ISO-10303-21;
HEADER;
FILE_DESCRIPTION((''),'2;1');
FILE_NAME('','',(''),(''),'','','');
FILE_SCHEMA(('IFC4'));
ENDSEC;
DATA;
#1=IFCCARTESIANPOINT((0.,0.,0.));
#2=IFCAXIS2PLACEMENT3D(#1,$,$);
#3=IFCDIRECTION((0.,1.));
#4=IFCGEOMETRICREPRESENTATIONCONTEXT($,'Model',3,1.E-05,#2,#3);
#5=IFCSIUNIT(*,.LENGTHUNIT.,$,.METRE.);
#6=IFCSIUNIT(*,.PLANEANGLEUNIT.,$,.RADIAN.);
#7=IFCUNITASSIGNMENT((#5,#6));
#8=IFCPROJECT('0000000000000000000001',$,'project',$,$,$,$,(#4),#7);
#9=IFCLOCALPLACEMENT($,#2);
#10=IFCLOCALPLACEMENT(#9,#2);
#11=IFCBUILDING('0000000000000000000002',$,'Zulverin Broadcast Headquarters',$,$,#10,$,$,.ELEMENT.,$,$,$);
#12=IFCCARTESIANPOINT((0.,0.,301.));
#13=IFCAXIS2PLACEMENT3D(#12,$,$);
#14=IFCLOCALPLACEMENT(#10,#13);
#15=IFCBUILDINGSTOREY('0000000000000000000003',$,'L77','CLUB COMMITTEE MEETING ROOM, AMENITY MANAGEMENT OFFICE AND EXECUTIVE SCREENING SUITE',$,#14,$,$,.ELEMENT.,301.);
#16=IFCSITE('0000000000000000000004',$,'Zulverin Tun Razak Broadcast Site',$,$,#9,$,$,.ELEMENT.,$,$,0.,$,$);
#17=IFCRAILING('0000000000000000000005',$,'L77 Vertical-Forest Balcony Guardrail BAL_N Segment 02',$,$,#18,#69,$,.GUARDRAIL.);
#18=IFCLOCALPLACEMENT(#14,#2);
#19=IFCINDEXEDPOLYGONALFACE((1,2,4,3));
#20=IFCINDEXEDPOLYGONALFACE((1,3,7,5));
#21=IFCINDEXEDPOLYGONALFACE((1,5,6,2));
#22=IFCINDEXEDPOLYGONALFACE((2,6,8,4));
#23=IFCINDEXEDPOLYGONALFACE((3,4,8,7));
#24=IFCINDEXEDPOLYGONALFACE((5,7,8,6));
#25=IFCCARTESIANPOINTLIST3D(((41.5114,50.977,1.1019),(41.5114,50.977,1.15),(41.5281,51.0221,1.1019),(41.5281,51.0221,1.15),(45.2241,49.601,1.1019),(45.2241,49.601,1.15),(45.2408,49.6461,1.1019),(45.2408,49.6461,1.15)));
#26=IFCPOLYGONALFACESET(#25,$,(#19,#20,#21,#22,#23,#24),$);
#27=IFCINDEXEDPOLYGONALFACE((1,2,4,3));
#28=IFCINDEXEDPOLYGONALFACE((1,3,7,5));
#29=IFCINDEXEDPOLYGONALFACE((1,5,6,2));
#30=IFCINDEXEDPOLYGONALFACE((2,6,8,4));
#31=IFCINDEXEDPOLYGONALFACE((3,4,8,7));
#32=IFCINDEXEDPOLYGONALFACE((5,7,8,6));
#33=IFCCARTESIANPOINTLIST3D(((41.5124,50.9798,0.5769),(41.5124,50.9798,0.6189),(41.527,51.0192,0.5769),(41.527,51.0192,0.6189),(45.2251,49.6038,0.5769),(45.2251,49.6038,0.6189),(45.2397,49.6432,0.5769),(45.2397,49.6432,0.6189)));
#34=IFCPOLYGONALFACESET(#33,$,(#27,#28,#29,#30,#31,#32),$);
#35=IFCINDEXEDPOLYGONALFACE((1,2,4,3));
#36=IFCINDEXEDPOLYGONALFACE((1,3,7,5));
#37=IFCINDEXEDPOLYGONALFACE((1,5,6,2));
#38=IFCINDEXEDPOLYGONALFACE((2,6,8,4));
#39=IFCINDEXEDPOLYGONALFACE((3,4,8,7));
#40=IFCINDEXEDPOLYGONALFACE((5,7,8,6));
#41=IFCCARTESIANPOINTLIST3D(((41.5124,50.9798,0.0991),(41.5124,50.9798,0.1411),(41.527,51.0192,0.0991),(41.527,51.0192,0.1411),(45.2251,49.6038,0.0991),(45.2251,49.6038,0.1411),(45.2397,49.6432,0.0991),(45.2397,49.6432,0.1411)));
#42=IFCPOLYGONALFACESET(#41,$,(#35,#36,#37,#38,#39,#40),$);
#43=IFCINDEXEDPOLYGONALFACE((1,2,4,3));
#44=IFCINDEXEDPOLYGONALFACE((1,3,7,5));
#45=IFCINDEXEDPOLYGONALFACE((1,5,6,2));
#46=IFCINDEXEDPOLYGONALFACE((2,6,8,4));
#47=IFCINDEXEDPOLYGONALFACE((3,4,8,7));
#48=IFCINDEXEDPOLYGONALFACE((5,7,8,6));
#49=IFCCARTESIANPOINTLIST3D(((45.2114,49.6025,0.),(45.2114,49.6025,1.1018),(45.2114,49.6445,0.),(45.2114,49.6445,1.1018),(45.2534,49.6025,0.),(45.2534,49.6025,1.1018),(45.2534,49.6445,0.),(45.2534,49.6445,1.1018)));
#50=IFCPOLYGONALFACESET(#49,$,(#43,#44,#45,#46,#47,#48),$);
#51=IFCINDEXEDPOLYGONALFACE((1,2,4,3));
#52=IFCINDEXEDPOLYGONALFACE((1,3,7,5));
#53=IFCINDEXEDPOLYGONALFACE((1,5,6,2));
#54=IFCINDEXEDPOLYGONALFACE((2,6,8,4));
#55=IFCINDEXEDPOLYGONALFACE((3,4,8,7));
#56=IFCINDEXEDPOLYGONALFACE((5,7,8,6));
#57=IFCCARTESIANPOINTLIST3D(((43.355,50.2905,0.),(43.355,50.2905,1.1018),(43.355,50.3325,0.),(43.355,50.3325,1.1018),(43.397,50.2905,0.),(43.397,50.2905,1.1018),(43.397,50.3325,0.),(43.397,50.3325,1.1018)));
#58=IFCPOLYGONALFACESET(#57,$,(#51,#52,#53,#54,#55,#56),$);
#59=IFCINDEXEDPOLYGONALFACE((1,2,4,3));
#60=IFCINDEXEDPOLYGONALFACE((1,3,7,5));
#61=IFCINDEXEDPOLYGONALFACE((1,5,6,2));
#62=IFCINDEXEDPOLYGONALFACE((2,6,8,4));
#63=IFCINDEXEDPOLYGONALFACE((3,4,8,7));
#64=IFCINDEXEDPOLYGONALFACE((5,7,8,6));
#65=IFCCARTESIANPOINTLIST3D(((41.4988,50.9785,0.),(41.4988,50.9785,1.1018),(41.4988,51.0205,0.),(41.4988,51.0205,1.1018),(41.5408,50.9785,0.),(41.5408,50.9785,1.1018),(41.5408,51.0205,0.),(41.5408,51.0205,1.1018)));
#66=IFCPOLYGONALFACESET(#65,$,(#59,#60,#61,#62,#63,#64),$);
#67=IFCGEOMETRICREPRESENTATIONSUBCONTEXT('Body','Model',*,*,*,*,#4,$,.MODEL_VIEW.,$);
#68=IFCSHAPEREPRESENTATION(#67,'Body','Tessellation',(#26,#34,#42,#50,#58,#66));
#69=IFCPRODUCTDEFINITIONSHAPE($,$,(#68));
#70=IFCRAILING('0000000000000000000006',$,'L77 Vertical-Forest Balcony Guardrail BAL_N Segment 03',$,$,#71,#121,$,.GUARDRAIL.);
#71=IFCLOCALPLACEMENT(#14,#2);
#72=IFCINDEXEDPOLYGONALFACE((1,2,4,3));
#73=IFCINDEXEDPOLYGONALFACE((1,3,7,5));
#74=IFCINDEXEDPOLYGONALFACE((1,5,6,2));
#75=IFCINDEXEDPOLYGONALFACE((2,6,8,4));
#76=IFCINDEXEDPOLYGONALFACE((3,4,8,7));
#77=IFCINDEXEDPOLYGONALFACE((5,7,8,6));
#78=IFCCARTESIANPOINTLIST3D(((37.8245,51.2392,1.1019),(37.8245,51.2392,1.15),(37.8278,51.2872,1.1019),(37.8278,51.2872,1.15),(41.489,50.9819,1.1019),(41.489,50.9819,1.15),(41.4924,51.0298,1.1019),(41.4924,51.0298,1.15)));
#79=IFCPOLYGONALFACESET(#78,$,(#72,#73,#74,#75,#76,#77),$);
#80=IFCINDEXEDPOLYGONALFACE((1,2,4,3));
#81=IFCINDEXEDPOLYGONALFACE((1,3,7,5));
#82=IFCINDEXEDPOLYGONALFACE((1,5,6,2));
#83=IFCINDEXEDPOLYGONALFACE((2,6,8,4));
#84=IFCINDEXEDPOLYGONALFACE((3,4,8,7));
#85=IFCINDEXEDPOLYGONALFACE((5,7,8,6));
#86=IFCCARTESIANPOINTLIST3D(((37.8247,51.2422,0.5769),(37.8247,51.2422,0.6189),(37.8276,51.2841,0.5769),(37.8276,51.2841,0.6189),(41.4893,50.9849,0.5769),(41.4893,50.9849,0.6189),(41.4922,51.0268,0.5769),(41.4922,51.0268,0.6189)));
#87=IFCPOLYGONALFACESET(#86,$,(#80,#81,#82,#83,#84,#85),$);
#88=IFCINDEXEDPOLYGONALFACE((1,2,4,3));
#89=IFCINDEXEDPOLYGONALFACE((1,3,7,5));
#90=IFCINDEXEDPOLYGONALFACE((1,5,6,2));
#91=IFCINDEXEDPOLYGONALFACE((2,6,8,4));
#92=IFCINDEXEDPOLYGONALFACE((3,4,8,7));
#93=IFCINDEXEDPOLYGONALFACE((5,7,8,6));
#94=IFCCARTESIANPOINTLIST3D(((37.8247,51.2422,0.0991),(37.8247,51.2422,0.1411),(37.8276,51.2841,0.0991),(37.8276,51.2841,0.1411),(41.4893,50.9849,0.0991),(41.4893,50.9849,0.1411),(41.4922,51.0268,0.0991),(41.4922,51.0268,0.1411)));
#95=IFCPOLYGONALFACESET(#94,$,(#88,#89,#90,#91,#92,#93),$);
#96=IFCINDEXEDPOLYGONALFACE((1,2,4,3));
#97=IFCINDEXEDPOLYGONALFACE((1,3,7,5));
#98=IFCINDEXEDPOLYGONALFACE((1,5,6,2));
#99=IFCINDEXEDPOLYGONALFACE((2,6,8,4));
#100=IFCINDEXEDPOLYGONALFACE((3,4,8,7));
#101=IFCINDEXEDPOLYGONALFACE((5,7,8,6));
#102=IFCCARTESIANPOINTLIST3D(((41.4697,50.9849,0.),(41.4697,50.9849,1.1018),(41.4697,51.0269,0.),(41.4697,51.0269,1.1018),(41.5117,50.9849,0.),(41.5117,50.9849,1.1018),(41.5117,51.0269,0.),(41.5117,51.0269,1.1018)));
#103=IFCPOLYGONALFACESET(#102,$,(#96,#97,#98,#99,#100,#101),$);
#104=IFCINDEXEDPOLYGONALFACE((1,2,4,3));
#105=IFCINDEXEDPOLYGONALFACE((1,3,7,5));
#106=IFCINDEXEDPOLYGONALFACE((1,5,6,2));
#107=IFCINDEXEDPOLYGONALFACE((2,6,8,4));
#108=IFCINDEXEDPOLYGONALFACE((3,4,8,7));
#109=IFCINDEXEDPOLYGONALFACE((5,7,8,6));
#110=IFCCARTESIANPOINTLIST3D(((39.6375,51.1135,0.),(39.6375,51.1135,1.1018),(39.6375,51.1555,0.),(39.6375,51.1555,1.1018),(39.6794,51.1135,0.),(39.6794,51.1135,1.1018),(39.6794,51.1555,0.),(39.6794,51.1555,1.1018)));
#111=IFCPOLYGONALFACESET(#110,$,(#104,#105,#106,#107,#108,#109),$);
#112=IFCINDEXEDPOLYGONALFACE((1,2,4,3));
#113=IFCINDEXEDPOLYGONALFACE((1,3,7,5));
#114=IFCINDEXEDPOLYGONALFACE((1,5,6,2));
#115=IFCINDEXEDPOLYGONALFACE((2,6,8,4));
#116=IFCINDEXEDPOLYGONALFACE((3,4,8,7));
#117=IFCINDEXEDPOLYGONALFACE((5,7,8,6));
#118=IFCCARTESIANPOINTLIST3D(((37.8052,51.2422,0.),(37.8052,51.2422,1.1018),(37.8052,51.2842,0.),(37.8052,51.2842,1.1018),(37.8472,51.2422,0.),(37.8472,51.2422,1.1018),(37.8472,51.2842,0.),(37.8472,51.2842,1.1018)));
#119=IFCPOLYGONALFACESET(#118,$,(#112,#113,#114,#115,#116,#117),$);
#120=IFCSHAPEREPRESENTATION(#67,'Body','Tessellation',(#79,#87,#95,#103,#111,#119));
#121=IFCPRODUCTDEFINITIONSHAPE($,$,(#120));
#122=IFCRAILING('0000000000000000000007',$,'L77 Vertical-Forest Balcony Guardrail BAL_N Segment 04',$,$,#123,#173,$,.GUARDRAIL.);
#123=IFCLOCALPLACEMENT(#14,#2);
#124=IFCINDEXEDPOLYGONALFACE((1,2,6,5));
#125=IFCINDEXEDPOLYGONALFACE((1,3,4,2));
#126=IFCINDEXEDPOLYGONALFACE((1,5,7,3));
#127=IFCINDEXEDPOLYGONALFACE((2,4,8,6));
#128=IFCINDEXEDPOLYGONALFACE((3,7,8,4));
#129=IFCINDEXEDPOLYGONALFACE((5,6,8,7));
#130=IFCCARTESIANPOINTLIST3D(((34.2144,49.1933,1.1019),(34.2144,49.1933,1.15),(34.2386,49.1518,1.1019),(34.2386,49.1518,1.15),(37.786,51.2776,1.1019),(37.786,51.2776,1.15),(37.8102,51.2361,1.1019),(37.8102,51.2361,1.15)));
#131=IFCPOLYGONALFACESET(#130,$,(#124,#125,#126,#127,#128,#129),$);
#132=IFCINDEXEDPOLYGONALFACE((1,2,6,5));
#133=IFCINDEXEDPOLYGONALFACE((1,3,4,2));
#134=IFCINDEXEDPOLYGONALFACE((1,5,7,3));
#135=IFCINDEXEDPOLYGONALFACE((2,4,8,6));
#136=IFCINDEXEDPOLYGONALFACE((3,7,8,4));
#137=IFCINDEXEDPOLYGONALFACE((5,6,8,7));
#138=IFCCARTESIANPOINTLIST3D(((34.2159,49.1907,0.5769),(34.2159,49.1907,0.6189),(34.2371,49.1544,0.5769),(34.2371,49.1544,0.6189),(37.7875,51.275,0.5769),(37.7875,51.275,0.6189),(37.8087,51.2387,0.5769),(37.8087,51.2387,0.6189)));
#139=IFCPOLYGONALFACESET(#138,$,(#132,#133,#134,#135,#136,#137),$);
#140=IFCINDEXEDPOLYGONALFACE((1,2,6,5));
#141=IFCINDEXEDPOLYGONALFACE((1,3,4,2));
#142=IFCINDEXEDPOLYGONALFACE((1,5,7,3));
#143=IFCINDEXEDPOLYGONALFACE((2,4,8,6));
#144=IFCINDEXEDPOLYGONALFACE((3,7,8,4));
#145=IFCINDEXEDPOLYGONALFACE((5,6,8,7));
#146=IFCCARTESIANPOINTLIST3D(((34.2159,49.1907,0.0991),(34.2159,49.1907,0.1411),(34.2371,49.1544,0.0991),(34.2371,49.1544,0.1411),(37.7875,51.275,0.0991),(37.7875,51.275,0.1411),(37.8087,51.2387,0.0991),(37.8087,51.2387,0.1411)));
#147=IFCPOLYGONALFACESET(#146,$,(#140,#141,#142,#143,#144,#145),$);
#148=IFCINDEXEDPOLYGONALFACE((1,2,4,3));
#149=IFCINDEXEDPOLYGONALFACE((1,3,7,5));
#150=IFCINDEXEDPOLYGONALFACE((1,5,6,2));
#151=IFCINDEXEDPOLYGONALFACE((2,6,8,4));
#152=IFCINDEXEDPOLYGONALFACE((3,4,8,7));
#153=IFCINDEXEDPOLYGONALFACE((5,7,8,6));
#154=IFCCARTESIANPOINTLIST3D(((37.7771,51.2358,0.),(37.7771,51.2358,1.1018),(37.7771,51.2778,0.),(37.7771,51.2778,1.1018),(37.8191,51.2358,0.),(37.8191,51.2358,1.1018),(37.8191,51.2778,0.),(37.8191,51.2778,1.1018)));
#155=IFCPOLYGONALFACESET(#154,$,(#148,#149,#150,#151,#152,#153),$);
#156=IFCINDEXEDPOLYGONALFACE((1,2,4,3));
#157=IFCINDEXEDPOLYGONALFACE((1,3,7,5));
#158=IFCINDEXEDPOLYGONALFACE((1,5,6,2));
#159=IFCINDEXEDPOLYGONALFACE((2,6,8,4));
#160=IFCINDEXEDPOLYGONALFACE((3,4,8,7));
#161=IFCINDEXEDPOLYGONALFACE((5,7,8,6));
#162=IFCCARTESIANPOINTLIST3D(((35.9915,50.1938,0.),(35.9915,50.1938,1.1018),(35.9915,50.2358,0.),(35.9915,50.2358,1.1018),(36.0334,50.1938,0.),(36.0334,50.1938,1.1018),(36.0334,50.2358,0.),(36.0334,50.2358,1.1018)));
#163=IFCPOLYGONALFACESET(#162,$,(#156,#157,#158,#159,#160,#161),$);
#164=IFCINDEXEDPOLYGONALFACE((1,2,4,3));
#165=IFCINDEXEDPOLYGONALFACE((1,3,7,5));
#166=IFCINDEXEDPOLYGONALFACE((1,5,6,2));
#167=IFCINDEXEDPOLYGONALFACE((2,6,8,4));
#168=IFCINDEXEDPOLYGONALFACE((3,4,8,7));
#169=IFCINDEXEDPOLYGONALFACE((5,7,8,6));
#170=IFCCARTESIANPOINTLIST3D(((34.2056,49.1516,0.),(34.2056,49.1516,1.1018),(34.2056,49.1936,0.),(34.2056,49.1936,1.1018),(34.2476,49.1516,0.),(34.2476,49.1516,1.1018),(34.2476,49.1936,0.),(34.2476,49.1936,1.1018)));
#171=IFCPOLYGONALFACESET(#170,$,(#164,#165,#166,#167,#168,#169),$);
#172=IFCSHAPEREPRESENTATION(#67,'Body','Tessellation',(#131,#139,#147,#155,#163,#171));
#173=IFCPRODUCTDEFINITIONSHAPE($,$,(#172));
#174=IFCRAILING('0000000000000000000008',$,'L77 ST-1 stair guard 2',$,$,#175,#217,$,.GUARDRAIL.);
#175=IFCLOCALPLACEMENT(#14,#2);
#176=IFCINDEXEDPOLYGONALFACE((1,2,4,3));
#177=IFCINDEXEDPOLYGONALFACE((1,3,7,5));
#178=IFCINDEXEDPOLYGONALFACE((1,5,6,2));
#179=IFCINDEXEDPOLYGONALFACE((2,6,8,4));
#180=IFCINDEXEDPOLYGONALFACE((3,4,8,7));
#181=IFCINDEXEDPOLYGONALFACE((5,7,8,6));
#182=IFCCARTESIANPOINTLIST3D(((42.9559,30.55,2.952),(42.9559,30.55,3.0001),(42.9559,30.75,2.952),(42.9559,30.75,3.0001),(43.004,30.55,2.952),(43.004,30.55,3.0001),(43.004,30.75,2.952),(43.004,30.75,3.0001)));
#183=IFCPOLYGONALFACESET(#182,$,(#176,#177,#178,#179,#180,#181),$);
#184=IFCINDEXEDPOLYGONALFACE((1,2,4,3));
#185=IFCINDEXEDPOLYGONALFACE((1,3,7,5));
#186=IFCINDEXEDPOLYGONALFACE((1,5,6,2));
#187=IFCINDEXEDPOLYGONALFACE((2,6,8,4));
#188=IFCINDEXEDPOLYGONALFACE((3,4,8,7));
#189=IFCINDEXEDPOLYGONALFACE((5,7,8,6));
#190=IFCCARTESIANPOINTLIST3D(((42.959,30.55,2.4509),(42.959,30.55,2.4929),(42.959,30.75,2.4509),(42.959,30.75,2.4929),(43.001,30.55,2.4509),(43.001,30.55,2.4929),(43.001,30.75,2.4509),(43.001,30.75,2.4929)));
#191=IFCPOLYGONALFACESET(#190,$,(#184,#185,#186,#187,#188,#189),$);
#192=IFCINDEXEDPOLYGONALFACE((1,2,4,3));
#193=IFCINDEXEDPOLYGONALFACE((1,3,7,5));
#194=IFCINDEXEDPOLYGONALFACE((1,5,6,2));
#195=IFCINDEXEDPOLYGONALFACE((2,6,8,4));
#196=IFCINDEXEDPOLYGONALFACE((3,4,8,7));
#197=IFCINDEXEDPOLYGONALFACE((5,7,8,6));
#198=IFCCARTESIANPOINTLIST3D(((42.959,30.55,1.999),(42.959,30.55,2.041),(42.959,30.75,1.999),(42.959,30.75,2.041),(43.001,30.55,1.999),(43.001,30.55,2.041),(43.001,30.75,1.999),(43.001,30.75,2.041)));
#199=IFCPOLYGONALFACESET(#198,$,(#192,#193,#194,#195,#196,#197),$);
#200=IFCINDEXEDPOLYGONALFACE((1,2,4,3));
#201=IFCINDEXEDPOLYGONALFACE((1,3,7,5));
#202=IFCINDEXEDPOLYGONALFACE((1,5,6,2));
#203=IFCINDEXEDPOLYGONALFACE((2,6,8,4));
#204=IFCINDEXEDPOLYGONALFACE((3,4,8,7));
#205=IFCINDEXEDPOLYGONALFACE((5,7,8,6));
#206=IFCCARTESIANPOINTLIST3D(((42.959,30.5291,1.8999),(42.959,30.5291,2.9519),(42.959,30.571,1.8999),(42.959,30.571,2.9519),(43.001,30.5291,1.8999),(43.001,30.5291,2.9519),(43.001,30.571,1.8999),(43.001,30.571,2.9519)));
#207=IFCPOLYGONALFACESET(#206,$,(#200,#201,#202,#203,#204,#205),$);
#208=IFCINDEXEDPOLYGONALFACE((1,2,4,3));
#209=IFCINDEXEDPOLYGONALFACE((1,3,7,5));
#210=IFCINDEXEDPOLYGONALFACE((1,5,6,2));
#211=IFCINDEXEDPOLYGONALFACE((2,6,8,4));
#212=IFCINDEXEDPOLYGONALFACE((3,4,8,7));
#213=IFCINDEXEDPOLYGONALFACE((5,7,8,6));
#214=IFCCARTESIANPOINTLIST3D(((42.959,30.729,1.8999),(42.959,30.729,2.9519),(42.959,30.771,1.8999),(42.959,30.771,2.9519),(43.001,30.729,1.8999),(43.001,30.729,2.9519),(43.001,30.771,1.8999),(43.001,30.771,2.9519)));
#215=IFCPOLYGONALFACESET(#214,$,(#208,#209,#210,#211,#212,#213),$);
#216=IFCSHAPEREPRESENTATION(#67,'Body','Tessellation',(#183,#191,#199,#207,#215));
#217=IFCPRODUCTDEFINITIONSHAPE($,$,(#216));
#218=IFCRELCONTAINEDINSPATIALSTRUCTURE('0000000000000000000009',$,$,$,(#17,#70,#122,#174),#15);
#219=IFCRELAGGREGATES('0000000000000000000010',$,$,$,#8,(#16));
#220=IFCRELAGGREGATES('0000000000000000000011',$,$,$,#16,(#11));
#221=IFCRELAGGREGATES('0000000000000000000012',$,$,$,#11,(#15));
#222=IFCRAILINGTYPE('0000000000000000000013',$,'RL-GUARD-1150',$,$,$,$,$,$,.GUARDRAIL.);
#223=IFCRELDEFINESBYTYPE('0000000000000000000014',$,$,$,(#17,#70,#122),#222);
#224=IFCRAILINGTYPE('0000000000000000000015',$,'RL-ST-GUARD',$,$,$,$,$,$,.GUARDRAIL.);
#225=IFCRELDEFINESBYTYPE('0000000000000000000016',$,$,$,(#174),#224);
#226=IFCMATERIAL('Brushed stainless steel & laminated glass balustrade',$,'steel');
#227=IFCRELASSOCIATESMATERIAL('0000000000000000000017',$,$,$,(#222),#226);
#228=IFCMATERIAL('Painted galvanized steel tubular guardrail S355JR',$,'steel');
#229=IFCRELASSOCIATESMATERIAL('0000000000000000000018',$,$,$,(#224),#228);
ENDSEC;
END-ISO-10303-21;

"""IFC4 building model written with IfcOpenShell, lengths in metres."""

from ifc_helpers import new_model, si_unit, direction, frame, origin, origin_2d, place, context, subcontext, project, spatial, rectangle, extrude, material, type_object, element, save


model = new_model("IFC4")

# Units and contexts
model_context = context("Model", 3, precision=1e-05, world=origin(), true_north=direction((0.0, 1.0)))
body_context = subcontext(model_context, "Body", "Model", "MODEL_VIEW")
ifc_project = project(units=[si_unit("LENGTHUNIT", "METRE"), si_unit("PLANEANGLEUNIT", "RADIAN")], contexts=[model_context])

# Site, building, storey
site_placement = place(None, origin())
site = spatial("IfcSite", under=ifc_project, at=site_placement, Name="Zulverin Tun Razak Broadcast Site", CompositionType="ELEMENT", RefElevation=0.0)
building_placement = place(site_placement, origin())
building = spatial("IfcBuilding", under=site, at=building_placement, Name="Zulverin Broadcast Headquarters", CompositionType="ELEMENT")
storey_placement = place(building_placement, frame((0.0, 0.0, 301.0)))
storey = spatial("IfcBuildingStorey", under=building, at=storey_placement, Name="L77", Description="CLUB COMMITTEE MEETING ROOM, AMENITY MANAGEMENT OFFICE AND EXECUTIVE SCREENING SUITE", CompositionType="ELEMENT", Elevation=301.0)

# Railings
ifc_material_1 = material(Name="Brushed stainless steel & laminated glass balustrade", Category="steel")
railing_type_1 = type_object("IfcRailingType", Name="RL-GUARD-1150", PredefinedType="GUARDRAIL", material=ifc_material_1)
railing_1_placement = place(storey_placement, frame((45.2324, 49.6235, 0.0)))
element("IfcRailing", 1, at=railing_1_placement, inside=storey, type_object=railing_type_1, Name="L77 Vertical-Forest Balcony Guardrail BAL_N Segment 02", PredefinedType="GUARDRAIL", context=body_context, shape_type="SweptSolid", body=[
    extrude(rectangle(XDim=0.0481, YDim=0.0481, at=origin_2d()), frame((0.0, 0.0, 1.126), z_axis=(-0.937673, 0.347519, 0.0), x_axis=(-0.347519, -0.937673, 0.0)), (0.0, 0.0, 1.0), 3.9595),
    extrude(rectangle(XDim=0.042, YDim=0.042, at=origin_2d()), frame((0.0, 0.0, 0.5979), z_axis=(-0.937673, 0.347519, 0.0), x_axis=(-0.347519, -0.937673, 0.0)), (0.0, 0.0, 1.0), 3.9595),
    extrude(rectangle(XDim=0.042, YDim=0.042, at=origin_2d()), frame((0.0, 0.0, 0.1201), z_axis=(-0.937673, 0.347519, 0.0), x_axis=(-0.347519, -0.937673, 0.0)), (0.0, 0.0, 1.0), 3.9595),
    extrude(rectangle(XDim=0.042, YDim=0.042, at=origin_2d()), origin(), (0.0, 0.0, 1.0), 1.1018),
    extrude(rectangle(XDim=0.042, YDim=0.042, at=origin_2d()), frame((-1.8564, 0.688, 0.0)), (0.0, 0.0, 1.0), 1.1018),
    extrude(rectangle(XDim=0.042, YDim=0.042, at=origin_2d()), frame((-3.7126, 1.376, 0.0)), (0.0, 0.0, 1.0), 1.1018),
])
railing_2_placement = place(storey_placement, frame((41.4907, 51.0059, 0.0)))
element("IfcRailing", 2, at=railing_2_placement, inside=storey, type_object=railing_type_1, Name="L77 Vertical-Forest Balcony Guardrail BAL_N Segment 03", PredefinedType="GUARDRAIL", context=body_context, shape_type="SweptSolid", body=[
    extrude(rectangle(XDim=0.0481, YDim=0.0481, at=origin_2d()), frame((0.0, 0.0, 1.126), z_axis=(-0.997544, 0.070047, 0.0), x_axis=(-0.070047, -0.997544, 0.0)), (0.0, 0.0, 1.0), 3.6736),
    extrude(rectangle(XDim=0.042, YDim=0.042, at=origin_2d()), frame((0.0, 0.0, 0.5979), z_axis=(-0.997544, 0.070047, 0.0), x_axis=(-0.070047, -0.997544, 0.0)), (0.0, 0.0, 1.0), 3.6736),
    extrude(rectangle(XDim=0.042, YDim=0.042, at=origin_2d()), frame((0.0, 0.0, 0.1201), z_axis=(-0.997544, 0.070047, 0.0), x_axis=(-0.070047, -0.997544, 0.0)), (0.0, 0.0, 1.0), 3.6736),
    extrude(rectangle(XDim=0.042, YDim=0.042, at=origin_2d()), origin(), (0.0, 0.0, 1.0), 1.1018),
    extrude(rectangle(XDim=0.042, YDim=0.042, at=origin_2d()), frame((-1.8323, 0.1287, 0.0)), (0.0, 0.0, 1.0), 1.1018),
    extrude(rectangle(XDim=0.042, YDim=0.042, at=origin_2d()), frame((-3.6646, 0.2573, 0.0)), (0.0, 0.0, 1.0), 1.1018),
])
railing_3_placement = place(storey_placement, frame((37.7981, 51.2568, 0.0)))
element("IfcRailing", 3, at=railing_3_placement, inside=storey, type_object=railing_type_1, Name="L77 Vertical-Forest Balcony Guardrail BAL_N Segment 04", PredefinedType="GUARDRAIL", context=body_context, shape_type="SweptSolid", body=[
    extrude(rectangle(XDim=0.0481, YDim=0.0481, at=origin_2d()), frame((0.0, 0.0, 1.126), z_axis=(-0.863691, -0.504022, 0.0), x_axis=(0.504022, -0.863691, 0.0)), (0.0, 0.0, 1.0), 4.1353),
    extrude(rectangle(XDim=0.042, YDim=0.042, at=origin_2d()), frame((0.0, 0.0, 0.5979), z_axis=(-0.863691, -0.504022, 0.0), x_axis=(0.504022, -0.863691, 0.0)), (0.0, 0.0, 1.0), 4.1353),
    extrude(rectangle(XDim=0.042, YDim=0.042, at=origin_2d()), frame((0.0, 0.0, 0.1201), z_axis=(-0.863691, -0.504022, 0.0), x_axis=(0.504022, -0.863691, 0.0)), (0.0, 0.0, 1.0), 4.1353),
    extrude(rectangle(XDim=0.042, YDim=0.042, at=origin_2d()), origin(), (0.0, 0.0, 1.0), 1.1018),
    extrude(rectangle(XDim=0.042, YDim=0.042, at=origin_2d()), frame((-1.7856, -1.042, 0.0)), (0.0, 0.0, 1.0), 1.1018),
    extrude(rectangle(XDim=0.042, YDim=0.042, at=origin_2d()), frame((-3.5715, -2.0842, 0.0)), (0.0, 0.0, 1.0), 1.1018),
])
ifc_material_2 = material(Name="Painted galvanized steel tubular guardrail S355JR", Category="steel")
railing_type_2 = type_object("IfcRailingType", Name="RL-ST-GUARD", PredefinedType="GUARDRAIL", material=ifc_material_2)
railing_4_placement = place(storey_placement, frame((42.98, 30.55, 1.8999)))
element("IfcRailing", 4, at=railing_4_placement, inside=storey, type_object=railing_type_2, Name="L77 ST-1 stair guard 2", PredefinedType="GUARDRAIL", context=body_context, shape_type="SweptSolid", body=[
    extrude(rectangle(XDim=0.0481, YDim=0.0481, at=origin_2d()), frame((0.0, 0.0, 1.0762), z_axis=(0.0, 1.0, 0.0), x_axis=(-1.0, 0.0, 0.0)), (0.0, 0.0, 1.0), 0.2),
    extrude(rectangle(XDim=0.042, YDim=0.042, at=origin_2d()), frame((0.0, 0.0, 0.572), z_axis=(0.0, 1.0, 0.0), x_axis=(-1.0, 0.0, 0.0)), (0.0, 0.0, 1.0), 0.2),
    extrude(rectangle(XDim=0.042, YDim=0.042, at=origin_2d()), frame((0.0, 0.0, 0.1201), z_axis=(0.0, 1.0, 0.0), x_axis=(-1.0, 0.0, 0.0)), (0.0, 0.0, 1.0), 0.2),
    extrude(rectangle(XDim=0.042, YDim=0.042, at=origin_2d()), origin(), (0.0, 0.0, 1.0), 1.052),
    extrude(rectangle(XDim=0.042, YDim=0.042, at=origin_2d()), frame((0.0, 0.2, 0.0)), (0.0, 0.0, 1.0), 1.052),
])

save(model, "model.ifc")
